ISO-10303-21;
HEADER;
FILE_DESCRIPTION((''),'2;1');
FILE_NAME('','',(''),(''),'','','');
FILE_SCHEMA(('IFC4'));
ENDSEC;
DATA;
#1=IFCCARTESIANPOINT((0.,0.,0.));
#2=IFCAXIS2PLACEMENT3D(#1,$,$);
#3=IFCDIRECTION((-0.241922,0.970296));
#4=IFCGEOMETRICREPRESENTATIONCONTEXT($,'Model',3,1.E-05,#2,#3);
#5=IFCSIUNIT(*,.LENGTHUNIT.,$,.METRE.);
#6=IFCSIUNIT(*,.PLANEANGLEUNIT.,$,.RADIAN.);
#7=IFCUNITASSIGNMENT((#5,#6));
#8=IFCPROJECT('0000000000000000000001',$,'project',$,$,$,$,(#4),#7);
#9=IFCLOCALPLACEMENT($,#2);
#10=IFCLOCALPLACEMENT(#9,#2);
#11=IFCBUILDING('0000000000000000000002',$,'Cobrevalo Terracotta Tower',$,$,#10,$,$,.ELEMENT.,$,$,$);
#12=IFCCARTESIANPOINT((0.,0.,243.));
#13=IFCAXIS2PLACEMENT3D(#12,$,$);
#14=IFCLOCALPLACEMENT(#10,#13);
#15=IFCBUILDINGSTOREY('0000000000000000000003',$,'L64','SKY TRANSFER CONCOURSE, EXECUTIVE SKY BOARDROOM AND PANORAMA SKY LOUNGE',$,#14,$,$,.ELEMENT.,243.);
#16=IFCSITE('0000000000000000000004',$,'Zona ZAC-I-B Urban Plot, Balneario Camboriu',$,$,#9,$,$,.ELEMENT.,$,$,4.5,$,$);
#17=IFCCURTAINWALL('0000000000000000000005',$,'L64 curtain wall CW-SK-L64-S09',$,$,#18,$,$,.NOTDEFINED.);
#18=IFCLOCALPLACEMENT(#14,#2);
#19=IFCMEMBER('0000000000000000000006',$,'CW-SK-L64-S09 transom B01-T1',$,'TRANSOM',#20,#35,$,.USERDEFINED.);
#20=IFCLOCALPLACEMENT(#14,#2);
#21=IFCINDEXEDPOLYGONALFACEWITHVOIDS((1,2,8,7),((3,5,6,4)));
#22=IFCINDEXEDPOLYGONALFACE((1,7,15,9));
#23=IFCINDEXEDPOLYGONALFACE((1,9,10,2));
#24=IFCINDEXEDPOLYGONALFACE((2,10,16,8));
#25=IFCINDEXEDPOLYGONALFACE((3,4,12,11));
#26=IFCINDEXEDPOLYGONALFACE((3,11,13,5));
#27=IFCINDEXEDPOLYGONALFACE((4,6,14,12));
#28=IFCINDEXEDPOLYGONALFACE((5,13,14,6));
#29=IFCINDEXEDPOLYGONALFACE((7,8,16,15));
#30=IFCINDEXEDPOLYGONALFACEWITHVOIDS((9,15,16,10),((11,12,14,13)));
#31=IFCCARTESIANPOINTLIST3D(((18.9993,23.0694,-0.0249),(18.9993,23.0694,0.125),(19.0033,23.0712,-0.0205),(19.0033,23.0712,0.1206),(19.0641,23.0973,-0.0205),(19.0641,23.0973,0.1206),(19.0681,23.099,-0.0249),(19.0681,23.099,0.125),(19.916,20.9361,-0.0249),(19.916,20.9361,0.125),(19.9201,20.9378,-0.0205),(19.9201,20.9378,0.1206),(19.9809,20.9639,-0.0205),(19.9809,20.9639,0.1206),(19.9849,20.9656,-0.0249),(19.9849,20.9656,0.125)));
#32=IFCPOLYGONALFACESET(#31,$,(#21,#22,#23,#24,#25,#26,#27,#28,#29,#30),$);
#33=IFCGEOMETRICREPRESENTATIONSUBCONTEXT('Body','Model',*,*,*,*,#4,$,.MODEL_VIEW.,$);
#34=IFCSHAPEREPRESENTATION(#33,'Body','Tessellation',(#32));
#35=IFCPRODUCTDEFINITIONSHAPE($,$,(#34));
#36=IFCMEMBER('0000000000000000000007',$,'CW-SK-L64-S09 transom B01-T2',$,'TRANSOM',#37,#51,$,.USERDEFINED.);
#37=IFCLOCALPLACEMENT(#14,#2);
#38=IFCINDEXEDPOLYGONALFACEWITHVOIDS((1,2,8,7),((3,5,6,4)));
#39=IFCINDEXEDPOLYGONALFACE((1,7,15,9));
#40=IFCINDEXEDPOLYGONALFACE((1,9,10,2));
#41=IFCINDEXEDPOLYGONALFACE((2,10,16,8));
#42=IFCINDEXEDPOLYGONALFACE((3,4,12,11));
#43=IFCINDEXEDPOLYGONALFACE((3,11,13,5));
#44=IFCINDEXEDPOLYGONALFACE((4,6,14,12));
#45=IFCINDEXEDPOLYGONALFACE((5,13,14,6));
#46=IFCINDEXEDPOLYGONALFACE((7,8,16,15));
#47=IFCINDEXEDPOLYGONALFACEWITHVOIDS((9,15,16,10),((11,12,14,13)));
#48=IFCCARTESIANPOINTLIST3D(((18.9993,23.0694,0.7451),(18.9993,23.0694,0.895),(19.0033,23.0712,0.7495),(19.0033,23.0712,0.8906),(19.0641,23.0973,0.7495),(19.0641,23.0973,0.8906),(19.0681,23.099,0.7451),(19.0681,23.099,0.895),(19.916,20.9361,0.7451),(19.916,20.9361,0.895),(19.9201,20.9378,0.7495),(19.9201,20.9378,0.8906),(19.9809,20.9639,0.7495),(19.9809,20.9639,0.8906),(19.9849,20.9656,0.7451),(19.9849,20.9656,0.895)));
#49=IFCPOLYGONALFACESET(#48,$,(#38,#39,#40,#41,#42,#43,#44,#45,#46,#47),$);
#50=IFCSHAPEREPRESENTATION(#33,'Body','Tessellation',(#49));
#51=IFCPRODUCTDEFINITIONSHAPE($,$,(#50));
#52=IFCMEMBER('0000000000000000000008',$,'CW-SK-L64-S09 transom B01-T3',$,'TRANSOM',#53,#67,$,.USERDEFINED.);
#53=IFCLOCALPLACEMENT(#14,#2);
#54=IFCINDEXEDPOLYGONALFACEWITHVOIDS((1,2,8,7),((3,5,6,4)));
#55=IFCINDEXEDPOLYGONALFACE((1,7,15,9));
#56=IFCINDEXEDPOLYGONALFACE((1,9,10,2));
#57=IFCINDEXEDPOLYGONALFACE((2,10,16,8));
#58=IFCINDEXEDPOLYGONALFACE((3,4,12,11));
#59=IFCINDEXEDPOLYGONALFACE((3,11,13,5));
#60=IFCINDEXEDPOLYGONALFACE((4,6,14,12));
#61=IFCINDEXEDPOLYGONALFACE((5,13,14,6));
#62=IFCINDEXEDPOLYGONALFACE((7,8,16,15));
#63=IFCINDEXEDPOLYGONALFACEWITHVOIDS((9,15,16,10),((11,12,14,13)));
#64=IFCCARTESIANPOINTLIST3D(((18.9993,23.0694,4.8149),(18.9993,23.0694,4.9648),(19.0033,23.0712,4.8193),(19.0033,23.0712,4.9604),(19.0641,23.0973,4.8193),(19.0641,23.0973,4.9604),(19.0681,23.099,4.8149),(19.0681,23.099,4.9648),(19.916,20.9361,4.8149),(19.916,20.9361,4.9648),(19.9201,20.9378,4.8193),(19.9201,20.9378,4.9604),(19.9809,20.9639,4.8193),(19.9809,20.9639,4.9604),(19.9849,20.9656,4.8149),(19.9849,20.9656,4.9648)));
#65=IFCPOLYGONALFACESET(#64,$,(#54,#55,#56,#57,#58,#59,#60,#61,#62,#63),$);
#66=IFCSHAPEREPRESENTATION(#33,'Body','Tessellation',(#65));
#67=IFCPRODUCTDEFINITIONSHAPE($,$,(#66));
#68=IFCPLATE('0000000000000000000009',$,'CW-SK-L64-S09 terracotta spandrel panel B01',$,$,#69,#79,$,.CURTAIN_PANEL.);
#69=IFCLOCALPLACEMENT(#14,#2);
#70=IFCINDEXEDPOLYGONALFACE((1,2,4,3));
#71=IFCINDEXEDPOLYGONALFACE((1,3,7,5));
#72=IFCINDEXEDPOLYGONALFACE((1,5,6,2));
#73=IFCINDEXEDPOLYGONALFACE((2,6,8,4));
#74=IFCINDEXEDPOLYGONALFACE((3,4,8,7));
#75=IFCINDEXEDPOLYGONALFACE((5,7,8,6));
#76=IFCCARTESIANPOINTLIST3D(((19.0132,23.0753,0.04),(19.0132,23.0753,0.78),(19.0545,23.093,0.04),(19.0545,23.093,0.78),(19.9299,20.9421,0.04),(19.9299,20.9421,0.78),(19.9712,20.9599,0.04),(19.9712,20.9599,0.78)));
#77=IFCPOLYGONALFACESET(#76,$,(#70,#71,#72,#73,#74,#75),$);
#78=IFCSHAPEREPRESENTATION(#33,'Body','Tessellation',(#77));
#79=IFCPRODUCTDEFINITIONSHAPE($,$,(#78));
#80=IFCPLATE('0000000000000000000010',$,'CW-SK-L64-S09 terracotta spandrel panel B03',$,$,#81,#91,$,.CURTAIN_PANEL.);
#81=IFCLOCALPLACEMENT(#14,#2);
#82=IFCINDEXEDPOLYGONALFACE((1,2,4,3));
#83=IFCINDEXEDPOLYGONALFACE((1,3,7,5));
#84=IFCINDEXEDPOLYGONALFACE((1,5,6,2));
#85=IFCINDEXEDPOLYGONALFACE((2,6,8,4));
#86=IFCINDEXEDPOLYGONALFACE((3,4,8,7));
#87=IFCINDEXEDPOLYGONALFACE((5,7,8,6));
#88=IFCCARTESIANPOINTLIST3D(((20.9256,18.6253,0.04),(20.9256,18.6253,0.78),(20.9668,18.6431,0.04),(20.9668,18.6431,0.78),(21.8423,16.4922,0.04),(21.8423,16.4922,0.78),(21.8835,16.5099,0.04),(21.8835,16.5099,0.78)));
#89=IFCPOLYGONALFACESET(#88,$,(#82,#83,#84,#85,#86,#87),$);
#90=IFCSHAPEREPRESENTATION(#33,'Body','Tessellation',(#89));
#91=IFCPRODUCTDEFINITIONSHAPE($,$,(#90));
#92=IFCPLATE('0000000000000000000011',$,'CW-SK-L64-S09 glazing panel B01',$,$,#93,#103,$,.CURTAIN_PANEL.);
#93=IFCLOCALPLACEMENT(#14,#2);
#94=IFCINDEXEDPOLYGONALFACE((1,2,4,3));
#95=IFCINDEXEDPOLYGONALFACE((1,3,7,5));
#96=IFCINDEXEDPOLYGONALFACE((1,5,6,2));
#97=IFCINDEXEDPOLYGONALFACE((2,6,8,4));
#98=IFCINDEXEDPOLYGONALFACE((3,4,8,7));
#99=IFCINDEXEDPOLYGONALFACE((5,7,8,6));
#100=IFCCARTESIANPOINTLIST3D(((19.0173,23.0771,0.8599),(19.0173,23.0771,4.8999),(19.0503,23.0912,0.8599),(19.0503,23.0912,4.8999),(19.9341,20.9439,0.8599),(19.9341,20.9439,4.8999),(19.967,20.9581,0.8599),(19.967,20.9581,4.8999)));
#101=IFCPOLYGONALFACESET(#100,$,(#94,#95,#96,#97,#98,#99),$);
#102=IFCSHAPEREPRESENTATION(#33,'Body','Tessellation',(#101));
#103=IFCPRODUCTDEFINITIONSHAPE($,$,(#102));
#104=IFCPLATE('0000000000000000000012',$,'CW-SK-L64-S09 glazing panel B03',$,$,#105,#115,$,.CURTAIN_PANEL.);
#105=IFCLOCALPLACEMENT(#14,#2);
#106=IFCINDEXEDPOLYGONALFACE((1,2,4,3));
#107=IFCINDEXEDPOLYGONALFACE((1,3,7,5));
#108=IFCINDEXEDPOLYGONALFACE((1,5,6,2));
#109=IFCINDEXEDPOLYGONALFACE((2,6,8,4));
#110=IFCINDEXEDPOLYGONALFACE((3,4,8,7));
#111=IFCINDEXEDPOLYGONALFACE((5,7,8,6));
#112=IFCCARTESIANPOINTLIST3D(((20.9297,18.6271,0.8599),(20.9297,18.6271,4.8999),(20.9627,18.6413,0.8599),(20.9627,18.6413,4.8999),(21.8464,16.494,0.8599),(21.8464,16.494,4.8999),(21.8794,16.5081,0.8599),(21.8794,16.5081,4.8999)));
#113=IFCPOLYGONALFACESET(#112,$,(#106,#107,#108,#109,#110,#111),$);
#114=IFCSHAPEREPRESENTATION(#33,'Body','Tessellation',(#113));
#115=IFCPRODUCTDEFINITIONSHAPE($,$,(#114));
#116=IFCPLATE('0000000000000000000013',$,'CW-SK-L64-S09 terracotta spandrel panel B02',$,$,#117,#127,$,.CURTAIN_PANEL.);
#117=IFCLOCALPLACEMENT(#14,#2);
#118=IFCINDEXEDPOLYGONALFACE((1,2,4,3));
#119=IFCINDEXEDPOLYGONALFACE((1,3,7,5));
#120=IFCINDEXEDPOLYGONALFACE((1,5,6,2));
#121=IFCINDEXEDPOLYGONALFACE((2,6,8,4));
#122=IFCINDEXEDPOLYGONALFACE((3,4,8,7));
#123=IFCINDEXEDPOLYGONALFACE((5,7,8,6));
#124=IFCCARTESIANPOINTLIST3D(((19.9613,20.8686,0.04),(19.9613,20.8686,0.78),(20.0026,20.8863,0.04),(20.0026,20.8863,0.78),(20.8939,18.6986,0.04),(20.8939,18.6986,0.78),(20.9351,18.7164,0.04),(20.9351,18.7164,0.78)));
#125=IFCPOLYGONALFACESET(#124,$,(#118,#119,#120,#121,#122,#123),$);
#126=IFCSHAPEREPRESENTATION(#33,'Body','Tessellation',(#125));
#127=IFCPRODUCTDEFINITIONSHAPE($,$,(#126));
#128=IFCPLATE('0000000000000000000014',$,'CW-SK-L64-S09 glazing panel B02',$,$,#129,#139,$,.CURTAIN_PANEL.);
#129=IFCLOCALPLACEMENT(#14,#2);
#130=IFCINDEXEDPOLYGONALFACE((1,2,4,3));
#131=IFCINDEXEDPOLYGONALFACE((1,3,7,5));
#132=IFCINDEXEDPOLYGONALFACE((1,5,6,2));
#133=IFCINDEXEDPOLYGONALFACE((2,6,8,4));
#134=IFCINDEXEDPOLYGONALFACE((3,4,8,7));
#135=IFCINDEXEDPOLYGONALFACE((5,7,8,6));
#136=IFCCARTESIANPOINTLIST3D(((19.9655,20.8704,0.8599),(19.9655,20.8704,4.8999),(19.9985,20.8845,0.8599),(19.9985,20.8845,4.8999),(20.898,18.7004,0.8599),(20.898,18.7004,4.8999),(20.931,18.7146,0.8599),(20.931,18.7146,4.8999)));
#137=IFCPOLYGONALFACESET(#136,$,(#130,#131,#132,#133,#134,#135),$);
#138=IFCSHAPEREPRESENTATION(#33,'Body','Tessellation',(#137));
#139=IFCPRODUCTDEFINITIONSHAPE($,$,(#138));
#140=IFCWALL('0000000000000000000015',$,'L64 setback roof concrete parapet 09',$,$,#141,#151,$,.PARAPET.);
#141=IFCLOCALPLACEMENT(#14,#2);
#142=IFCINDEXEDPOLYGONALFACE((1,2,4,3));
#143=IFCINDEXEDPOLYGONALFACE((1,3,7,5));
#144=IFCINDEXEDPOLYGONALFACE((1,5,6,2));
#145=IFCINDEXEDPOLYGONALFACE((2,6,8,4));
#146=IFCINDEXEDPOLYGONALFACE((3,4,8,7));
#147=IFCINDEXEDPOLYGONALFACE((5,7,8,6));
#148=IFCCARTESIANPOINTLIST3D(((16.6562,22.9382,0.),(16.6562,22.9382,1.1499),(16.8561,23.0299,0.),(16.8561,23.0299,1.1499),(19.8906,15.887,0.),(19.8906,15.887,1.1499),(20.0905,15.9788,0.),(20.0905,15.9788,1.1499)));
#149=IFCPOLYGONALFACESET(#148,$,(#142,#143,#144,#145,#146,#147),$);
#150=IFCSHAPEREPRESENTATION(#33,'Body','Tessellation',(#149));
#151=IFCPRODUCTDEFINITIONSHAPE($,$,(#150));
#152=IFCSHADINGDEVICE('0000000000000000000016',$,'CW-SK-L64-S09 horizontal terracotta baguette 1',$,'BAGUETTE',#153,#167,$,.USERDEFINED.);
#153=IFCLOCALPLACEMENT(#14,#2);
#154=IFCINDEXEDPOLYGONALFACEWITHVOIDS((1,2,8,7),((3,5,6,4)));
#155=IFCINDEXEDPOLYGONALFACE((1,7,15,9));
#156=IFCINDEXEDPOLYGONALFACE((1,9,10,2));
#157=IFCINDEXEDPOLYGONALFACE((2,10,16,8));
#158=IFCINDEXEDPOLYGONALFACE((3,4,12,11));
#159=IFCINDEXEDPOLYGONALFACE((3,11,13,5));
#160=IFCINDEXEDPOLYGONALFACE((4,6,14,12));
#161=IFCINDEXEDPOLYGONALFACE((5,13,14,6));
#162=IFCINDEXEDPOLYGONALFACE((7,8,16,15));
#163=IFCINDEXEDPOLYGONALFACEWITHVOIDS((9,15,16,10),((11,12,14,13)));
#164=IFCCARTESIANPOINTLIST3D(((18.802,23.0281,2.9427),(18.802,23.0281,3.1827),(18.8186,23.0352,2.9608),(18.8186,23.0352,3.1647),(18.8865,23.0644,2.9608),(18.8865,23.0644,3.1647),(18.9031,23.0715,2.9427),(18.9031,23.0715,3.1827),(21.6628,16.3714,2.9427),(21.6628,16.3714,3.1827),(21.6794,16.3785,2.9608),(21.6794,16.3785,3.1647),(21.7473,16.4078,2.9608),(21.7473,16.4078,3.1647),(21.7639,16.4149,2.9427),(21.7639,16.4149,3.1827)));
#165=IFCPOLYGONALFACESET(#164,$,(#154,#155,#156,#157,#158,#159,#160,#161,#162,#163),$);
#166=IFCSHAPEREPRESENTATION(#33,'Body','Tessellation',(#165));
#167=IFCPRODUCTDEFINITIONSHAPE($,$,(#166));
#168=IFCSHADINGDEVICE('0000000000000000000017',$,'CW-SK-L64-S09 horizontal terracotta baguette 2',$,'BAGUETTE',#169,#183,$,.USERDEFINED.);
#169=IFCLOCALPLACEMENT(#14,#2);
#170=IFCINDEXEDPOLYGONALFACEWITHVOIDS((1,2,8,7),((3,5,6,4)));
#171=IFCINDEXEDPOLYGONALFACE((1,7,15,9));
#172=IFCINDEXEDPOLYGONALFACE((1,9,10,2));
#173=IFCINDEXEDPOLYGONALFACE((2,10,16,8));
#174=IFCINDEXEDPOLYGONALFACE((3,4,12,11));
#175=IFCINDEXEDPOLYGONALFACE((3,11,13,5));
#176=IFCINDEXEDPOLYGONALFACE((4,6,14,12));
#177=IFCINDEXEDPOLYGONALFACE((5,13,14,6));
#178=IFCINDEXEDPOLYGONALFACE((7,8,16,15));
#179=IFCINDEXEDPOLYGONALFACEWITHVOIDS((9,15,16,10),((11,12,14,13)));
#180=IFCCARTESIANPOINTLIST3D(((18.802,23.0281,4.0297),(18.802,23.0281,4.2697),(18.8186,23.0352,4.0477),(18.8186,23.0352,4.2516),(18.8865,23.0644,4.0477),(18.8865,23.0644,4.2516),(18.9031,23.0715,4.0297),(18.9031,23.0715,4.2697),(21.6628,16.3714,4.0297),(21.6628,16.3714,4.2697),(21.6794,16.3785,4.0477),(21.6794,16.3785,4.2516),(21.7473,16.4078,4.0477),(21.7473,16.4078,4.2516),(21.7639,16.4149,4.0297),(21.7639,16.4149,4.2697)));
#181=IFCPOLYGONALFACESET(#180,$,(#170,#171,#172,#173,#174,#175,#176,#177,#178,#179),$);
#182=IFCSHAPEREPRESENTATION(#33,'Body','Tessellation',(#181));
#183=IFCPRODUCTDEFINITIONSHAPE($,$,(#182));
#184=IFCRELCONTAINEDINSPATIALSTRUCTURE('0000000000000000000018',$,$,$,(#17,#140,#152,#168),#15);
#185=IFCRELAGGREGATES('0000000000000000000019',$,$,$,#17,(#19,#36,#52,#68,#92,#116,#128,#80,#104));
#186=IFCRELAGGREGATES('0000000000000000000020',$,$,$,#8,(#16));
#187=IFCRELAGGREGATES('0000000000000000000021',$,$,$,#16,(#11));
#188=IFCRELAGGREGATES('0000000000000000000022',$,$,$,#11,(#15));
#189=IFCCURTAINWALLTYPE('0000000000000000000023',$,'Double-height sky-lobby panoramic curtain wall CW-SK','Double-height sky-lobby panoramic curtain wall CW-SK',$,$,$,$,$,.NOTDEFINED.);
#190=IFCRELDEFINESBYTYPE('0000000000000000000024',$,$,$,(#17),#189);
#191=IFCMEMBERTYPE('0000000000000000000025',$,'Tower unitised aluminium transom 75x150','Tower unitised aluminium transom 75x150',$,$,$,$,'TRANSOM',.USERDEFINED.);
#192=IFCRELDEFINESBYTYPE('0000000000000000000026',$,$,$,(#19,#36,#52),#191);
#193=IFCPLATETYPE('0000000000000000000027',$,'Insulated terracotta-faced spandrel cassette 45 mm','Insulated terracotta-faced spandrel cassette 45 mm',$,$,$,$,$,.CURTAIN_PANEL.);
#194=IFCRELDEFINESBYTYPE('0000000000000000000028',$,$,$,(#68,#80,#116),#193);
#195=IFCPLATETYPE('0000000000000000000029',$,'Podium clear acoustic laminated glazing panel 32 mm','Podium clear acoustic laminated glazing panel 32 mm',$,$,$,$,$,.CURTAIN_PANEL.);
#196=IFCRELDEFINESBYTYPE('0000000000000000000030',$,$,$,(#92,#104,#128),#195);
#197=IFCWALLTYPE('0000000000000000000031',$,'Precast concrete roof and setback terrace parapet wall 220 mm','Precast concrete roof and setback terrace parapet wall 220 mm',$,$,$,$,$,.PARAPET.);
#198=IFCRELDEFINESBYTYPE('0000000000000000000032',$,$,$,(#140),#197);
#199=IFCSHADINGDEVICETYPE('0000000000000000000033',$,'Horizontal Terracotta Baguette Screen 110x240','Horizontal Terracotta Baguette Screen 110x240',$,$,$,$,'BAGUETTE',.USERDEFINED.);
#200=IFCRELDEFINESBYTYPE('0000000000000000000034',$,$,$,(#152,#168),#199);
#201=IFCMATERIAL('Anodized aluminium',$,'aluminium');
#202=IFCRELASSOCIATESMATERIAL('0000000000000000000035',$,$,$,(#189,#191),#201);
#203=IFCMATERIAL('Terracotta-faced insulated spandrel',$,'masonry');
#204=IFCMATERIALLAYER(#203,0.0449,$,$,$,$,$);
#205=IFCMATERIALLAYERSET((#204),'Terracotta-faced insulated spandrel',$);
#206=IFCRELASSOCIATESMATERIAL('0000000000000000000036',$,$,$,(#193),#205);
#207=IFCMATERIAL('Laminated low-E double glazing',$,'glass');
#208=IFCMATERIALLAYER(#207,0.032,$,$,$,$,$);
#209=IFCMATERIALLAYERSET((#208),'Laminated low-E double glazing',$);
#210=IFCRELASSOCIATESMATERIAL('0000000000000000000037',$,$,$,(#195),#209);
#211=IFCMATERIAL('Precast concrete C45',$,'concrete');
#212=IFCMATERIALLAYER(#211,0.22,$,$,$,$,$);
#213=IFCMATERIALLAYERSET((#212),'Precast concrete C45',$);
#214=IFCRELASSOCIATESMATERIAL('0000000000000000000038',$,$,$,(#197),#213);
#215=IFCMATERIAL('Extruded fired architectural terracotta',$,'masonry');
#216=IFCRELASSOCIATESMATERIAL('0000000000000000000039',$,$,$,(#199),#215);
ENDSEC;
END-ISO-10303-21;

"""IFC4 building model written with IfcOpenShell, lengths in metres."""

from ifc_helpers import new_model, si_unit, direction, frame, frame_2d, origin, origin_2d, place, context, subcontext, project, spatial, rectangle, hollow_rectangle, extrude, source, transform, mapped, material, layer, layer_set, material_profile, profile_set, type_object, element, aggregate, save


model = new_model("IFC4")

# Units and contexts
model_context = context("Model", 3, precision=1e-05, world=origin(), true_north=direction((-0.241922, 0.970296)))
body_context = subcontext(model_context, "Body", "Model", "MODEL_VIEW")
ifc_project = project(units=[si_unit("LENGTHUNIT", "METRE"), si_unit("PLANEANGLEUNIT", "RADIAN")], contexts=[model_context])

# Site, building, storey
site_placement = place(None, origin())
site = spatial("IfcSite", under=ifc_project, at=site_placement, Name="Zona ZAC-I-B Urban Plot, Balneario Camboriu", CompositionType="ELEMENT", RefElevation=4.5)
building_placement = place(site_placement, origin())
building = spatial("IfcBuilding", under=site, at=building_placement, Name="Cobrevalo Terracotta Tower", CompositionType="ELEMENT")
storey_placement = place(building_placement, frame((0.0, 0.0, 243.0)))
storey = spatial("IfcBuildingStorey", under=building, at=storey_placement, Name="L64", Description="SKY TRANSFER CONCOURSE, EXECUTIVE SKY BOARDROOM AND PANORAMA SKY LOUNGE", CompositionType="ELEMENT", Elevation=243.0)

# Shared definitions
ifc_material_1 = material(Name="Anodized aluminium", Category="aluminium")
curtain_wall_type = type_object("IfcCurtainWallType", Name="Double-height sky-lobby panoramic curtain wall CW-SK", Description="Double-height sky-lobby panoramic curtain wall CW-SK", PredefinedType="NOTDEFINED", material=ifc_material_1)

# Curtain wall, members, plates
curtain_wall_1_placement = place(storey_placement, origin())
curtain_wall_1 = element("IfcCurtainWall", 1, at=curtain_wall_1_placement, inside=storey, type_object=curtain_wall_type, Name="L64 curtain wall CW-SK-L64-S09", PredefinedType="NOTDEFINED")
ifc_material_profile_1 = material_profile(ifc_material_1, hollow_rectangle(XDim=0.075, YDim=0.1499, WallThickness=0.0044, at=origin_2d()), Name="CWT 75x150")
ifc_profile_set_1 = profile_set([ifc_material_profile_1], Name="Anodized aluminium")
member_type_1 = type_object("IfcMemberType", Name="Tower unitised aluminium transom 75x150", Description="Tower unitised aluminium transom 75x150", ElementType="TRANSOM", PredefinedType="USERDEFINED", material=ifc_profile_set_1)
shared_shape_1 = source(origin(), body_context, "Body", "SweptSolid", [
    extrude(hollow_rectangle(XDim=0.075, YDim=0.1499, WallThickness=0.0044, at=origin_2d()), origin(), (0.0, 0.0, 1.0), 2.322),
])
member_1_placement = place(storey_placement, frame((19.0337, 23.0842, 0.05), z_axis=(0.39482, -0.918758, 0.0), x_axis=(0.918758, 0.39482, 0.0)))
member_1 = element("IfcMember", 2, at=member_1_placement, type_object=member_type_1, Name="CW-SK-L64-S09 transom B01-T1", ObjectType="TRANSOM", PredefinedType="USERDEFINED", context=body_context, shape_type="MappedRepresentation", body=[
    mapped(shared_shape_1, transform((0.0, 0.0, 0.0), scale=1.0)),
])
member_2_placement = place(storey_placement, frame((19.0337, 23.0842, 0.8201), z_axis=(0.39482, -0.918758, 0.0), x_axis=(0.918758, 0.39482, 0.0)))
member_2 = element("IfcMember", 3, at=member_2_placement, type_object=member_type_1, Name="CW-SK-L64-S09 transom B01-T2", ObjectType="TRANSOM", PredefinedType="USERDEFINED", context=body_context, shape_type="MappedRepresentation", body=[
    mapped(shared_shape_1, transform((0.0, 0.0, 0.0), scale=1.0)),
])
member_3_placement = place(storey_placement, frame((19.0337, 23.0842, 4.8899), z_axis=(0.39482, -0.918758, 0.0), x_axis=(0.918758, 0.39482, 0.0)))
member_3 = element("IfcMember", 4, at=member_3_placement, type_object=member_type_1, Name="CW-SK-L64-S09 transom B01-T3", ObjectType="TRANSOM", PredefinedType="USERDEFINED", context=body_context, shape_type="MappedRepresentation", body=[
    mapped(shared_shape_1, transform((0.0, 0.0, 0.0), scale=1.0)),
])
ifc_material_2 = material(Name="Terracotta-faced insulated spandrel", Category="masonry")
ifc_layer_1 = layer(ifc_material_2, 0.0449)
ifc_layer_set_1 = layer_set([ifc_layer_1], Name="Terracotta-faced insulated spandrel")
plate_type_1 = type_object("IfcPlateType", Name="Insulated terracotta-faced spandrel cassette 45 mm", Description="Insulated terracotta-faced spandrel cassette 45 mm", PredefinedType="CURTAIN_PANEL", material=ifc_layer_set_1)
shared_shape_2 = source(origin(), body_context, "Body", "SweptSolid", [
    extrude(rectangle(XDim=2.3218, YDim=0.0449, at=origin_2d()), origin(), (0.0, 0.0, 1.0), 0.74),
])
plate_1_placement = place(storey_placement, frame((19.4922, 22.0176, 0.04), z_axis=(0.0, 0.0, 1.0), x_axis=(0.394829, -0.918755, 0.0)))
plate_1 = element("IfcPlate", 5, at=plate_1_placement, type_object=plate_type_1, Name="CW-SK-L64-S09 terracotta spandrel panel B01", PredefinedType="CURTAIN_PANEL", context=body_context, shape_type="MappedRepresentation", body=[
    mapped(shared_shape_2, transform((0.0, 0.0, 0.0), scale=1.0)),
])
plate_2_placement = place(storey_placement, frame((21.4045, 17.5676, 0.04), z_axis=(0.0, 0.0, 1.0), x_axis=(0.394829, -0.918755, 0.0)))
plate_2 = element("IfcPlate", 6, at=plate_2_placement, type_object=plate_type_1, Name="CW-SK-L64-S09 terracotta spandrel panel B03", PredefinedType="CURTAIN_PANEL", context=body_context, shape_type="MappedRepresentation", body=[
    mapped(shared_shape_2, transform((0.0, 0.0, 0.0), scale=1.0)),
])
ifc_material_3 = material(Name="Laminated low-E double glazing", Category="glass")
ifc_layer_2 = layer(ifc_material_3, 0.032)
ifc_layer_set_2 = layer_set([ifc_layer_2], Name="Laminated low-E double glazing")
plate_type_2 = type_object("IfcPlateType", Name="Podium clear acoustic laminated glazing panel 32 mm", Description="Podium clear acoustic laminated glazing panel 32 mm", PredefinedType="CURTAIN_PANEL", material=ifc_layer_set_2)
shared_shape_3 = source(origin(), body_context, "Body", "SweptSolid", [
    extrude(rectangle(XDim=2.3218, YDim=0.0359, at=origin_2d()), origin(), (0.0, 0.0, 1.0), 4.04),
])
plate_3_placement = place(storey_placement, frame((19.4922, 22.0176, 0.8599), z_axis=(0.0, 0.0, 1.0), x_axis=(0.394829, -0.918755, 0.0)))
plate_3 = element("IfcPlate", 7, at=plate_3_placement, type_object=plate_type_2, Name="CW-SK-L64-S09 glazing panel B01", PredefinedType="CURTAIN_PANEL", context=body_context, shape_type="MappedRepresentation", body=[
    mapped(shared_shape_3, transform((0.0, 0.0, 0.0), scale=1.0)),
])
plate_4_placement = place(storey_placement, frame((21.4045, 17.5676, 0.8599), z_axis=(0.0, 0.0, 1.0), x_axis=(0.394829, -0.918755, 0.0)))
plate_4 = element("IfcPlate", 8, at=plate_4_placement, type_object=plate_type_2, Name="CW-SK-L64-S09 glazing panel B03", PredefinedType="CURTAIN_PANEL", context=body_context, shape_type="MappedRepresentation", body=[
    mapped(shared_shape_3, transform((0.0, 0.0, 0.0), scale=1.0)),
])
shared_shape_4 = source(origin(), body_context, "Body", "SweptSolid", [
    extrude(rectangle(XDim=2.3618, YDim=0.0449, at=origin_2d()), origin(), (0.0, 0.0, 1.0), 0.74),
])
plate_5_placement = place(storey_placement, frame((20.4482, 19.7925, 0.04), z_axis=(0.0, 0.0, 1.0), x_axis=(0.394829, -0.918755, 0.0)))
plate_5 = element("IfcPlate", 9, at=plate_5_placement, type_object=plate_type_1, Name="CW-SK-L64-S09 terracotta spandrel panel B02", PredefinedType="CURTAIN_PANEL", context=body_context, shape_type="MappedRepresentation", body=[
    mapped(shared_shape_4, transform((0.0, 0.0, 0.0), scale=1.0)),
])
shared_shape_5 = source(origin(), body_context, "Body", "SweptSolid", [
    extrude(rectangle(XDim=2.3618, YDim=0.0359, at=origin_2d()), origin(), (0.0, 0.0, 1.0), 4.04),
])
plate_6_placement = place(storey_placement, frame((20.4482, 19.7925, 0.8599), z_axis=(0.0, 0.0, 1.0), x_axis=(0.394829, -0.918755, 0.0)))
plate_6 = element("IfcPlate", 10, at=plate_6_placement, type_object=plate_type_2, Name="CW-SK-L64-S09 glazing panel B02", PredefinedType="CURTAIN_PANEL", context=body_context, shape_type="MappedRepresentation", body=[
    mapped(shared_shape_5, transform((0.0, 0.0, 0.0), scale=1.0)),
])
aggregate(curtain_wall_1, [member_1, member_2, member_3, plate_1, plate_3, plate_5, plate_6, plate_2, plate_4])

# Wall
ifc_material_4 = material(Name="Precast concrete C45", Category="concrete")
ifc_layer_3 = layer(ifc_material_4, 0.22)
ifc_layer_set_3 = layer_set([ifc_layer_3], Name="Precast concrete C45")
wall_type = type_object("IfcWallType", Name="Precast concrete roof and setback terrace parapet wall 220 mm", Description="Precast concrete roof and setback terrace parapet wall 220 mm", PredefinedType="PARAPET", material=ifc_layer_set_3)
wall_placement = place(storey_placement, frame((16.7561, 22.9841, 0.0), z_axis=(0.0, 0.0, 1.0), x_axis=(0.416938, -0.908935, 0.0)))
element("IfcWall", 11, at=wall_placement, inside=storey, type_object=wall_type, Name="L64 setback roof concrete parapet 09", PredefinedType="PARAPET", context=body_context, shape_type="SweptSolid", body=[
    extrude(rectangle(XDim=7.7576, YDim=0.22, at=frame_2d((3.8789, 0.0))), origin(), (0.0, 0.0, 1.0), 1.1499),
])

# Shading devices
ifc_material_5 = material(Name="Extruded fired architectural terracotta", Category="masonry")
ifc_material_profile_2 = material_profile(ifc_material_5, hollow_rectangle(XDim=0.1101, YDim=0.24, WallThickness=0.0181, at=origin_2d()), Name="BAGUETTE 110x240")
ifc_profile_set_2 = profile_set([ifc_material_profile_2], Name="Extruded fired architectural terracotta")
shading_device_type = type_object("IfcShadingDeviceType", Name="Horizontal Terracotta Baguette Screen 110x240", Description="Horizontal Terracotta Baguette Screen 110x240", ElementType="BAGUETTE", PredefinedType="USERDEFINED", material=ifc_profile_set_2)
shared_shape_6 = source(origin(), body_context, "Body", "SweptSolid", [
    extrude(hollow_rectangle(XDim=0.1101, YDim=0.24, WallThickness=0.0181, at=origin_2d()), origin(), (0.0, 0.0, 1.0), 7.2454),
])
for number, where, z_axis, x_axis, name in (
    (12, (18.8525, 23.0498, 3.0627), (0.394846, -0.918747, 0.0), (0.918747, 0.394846, 0.0), "CW-SK-L64-S09 horizontal terracotta baguette 1"),
    (13, (18.8525, 23.0498, 4.1497), (0.394846, -0.918747, 0.0), (0.918747, 0.394846, 0.0), "CW-SK-L64-S09 horizontal terracotta baguette 2"),
):
    element("IfcShadingDevice", number, at=place(storey_placement, frame(where, z_axis=z_axis, x_axis=x_axis)), inside=storey, type_object=shading_device_type, Name=name, ObjectType="BAGUETTE", PredefinedType="USERDEFINED", context=body_context, shape_type="MappedRepresentation", body=[
        mapped(shared_shape_6, transform((0.0, 0.0, 0.0), scale=1.0)),
    ])

save(model, "model.ifc")
